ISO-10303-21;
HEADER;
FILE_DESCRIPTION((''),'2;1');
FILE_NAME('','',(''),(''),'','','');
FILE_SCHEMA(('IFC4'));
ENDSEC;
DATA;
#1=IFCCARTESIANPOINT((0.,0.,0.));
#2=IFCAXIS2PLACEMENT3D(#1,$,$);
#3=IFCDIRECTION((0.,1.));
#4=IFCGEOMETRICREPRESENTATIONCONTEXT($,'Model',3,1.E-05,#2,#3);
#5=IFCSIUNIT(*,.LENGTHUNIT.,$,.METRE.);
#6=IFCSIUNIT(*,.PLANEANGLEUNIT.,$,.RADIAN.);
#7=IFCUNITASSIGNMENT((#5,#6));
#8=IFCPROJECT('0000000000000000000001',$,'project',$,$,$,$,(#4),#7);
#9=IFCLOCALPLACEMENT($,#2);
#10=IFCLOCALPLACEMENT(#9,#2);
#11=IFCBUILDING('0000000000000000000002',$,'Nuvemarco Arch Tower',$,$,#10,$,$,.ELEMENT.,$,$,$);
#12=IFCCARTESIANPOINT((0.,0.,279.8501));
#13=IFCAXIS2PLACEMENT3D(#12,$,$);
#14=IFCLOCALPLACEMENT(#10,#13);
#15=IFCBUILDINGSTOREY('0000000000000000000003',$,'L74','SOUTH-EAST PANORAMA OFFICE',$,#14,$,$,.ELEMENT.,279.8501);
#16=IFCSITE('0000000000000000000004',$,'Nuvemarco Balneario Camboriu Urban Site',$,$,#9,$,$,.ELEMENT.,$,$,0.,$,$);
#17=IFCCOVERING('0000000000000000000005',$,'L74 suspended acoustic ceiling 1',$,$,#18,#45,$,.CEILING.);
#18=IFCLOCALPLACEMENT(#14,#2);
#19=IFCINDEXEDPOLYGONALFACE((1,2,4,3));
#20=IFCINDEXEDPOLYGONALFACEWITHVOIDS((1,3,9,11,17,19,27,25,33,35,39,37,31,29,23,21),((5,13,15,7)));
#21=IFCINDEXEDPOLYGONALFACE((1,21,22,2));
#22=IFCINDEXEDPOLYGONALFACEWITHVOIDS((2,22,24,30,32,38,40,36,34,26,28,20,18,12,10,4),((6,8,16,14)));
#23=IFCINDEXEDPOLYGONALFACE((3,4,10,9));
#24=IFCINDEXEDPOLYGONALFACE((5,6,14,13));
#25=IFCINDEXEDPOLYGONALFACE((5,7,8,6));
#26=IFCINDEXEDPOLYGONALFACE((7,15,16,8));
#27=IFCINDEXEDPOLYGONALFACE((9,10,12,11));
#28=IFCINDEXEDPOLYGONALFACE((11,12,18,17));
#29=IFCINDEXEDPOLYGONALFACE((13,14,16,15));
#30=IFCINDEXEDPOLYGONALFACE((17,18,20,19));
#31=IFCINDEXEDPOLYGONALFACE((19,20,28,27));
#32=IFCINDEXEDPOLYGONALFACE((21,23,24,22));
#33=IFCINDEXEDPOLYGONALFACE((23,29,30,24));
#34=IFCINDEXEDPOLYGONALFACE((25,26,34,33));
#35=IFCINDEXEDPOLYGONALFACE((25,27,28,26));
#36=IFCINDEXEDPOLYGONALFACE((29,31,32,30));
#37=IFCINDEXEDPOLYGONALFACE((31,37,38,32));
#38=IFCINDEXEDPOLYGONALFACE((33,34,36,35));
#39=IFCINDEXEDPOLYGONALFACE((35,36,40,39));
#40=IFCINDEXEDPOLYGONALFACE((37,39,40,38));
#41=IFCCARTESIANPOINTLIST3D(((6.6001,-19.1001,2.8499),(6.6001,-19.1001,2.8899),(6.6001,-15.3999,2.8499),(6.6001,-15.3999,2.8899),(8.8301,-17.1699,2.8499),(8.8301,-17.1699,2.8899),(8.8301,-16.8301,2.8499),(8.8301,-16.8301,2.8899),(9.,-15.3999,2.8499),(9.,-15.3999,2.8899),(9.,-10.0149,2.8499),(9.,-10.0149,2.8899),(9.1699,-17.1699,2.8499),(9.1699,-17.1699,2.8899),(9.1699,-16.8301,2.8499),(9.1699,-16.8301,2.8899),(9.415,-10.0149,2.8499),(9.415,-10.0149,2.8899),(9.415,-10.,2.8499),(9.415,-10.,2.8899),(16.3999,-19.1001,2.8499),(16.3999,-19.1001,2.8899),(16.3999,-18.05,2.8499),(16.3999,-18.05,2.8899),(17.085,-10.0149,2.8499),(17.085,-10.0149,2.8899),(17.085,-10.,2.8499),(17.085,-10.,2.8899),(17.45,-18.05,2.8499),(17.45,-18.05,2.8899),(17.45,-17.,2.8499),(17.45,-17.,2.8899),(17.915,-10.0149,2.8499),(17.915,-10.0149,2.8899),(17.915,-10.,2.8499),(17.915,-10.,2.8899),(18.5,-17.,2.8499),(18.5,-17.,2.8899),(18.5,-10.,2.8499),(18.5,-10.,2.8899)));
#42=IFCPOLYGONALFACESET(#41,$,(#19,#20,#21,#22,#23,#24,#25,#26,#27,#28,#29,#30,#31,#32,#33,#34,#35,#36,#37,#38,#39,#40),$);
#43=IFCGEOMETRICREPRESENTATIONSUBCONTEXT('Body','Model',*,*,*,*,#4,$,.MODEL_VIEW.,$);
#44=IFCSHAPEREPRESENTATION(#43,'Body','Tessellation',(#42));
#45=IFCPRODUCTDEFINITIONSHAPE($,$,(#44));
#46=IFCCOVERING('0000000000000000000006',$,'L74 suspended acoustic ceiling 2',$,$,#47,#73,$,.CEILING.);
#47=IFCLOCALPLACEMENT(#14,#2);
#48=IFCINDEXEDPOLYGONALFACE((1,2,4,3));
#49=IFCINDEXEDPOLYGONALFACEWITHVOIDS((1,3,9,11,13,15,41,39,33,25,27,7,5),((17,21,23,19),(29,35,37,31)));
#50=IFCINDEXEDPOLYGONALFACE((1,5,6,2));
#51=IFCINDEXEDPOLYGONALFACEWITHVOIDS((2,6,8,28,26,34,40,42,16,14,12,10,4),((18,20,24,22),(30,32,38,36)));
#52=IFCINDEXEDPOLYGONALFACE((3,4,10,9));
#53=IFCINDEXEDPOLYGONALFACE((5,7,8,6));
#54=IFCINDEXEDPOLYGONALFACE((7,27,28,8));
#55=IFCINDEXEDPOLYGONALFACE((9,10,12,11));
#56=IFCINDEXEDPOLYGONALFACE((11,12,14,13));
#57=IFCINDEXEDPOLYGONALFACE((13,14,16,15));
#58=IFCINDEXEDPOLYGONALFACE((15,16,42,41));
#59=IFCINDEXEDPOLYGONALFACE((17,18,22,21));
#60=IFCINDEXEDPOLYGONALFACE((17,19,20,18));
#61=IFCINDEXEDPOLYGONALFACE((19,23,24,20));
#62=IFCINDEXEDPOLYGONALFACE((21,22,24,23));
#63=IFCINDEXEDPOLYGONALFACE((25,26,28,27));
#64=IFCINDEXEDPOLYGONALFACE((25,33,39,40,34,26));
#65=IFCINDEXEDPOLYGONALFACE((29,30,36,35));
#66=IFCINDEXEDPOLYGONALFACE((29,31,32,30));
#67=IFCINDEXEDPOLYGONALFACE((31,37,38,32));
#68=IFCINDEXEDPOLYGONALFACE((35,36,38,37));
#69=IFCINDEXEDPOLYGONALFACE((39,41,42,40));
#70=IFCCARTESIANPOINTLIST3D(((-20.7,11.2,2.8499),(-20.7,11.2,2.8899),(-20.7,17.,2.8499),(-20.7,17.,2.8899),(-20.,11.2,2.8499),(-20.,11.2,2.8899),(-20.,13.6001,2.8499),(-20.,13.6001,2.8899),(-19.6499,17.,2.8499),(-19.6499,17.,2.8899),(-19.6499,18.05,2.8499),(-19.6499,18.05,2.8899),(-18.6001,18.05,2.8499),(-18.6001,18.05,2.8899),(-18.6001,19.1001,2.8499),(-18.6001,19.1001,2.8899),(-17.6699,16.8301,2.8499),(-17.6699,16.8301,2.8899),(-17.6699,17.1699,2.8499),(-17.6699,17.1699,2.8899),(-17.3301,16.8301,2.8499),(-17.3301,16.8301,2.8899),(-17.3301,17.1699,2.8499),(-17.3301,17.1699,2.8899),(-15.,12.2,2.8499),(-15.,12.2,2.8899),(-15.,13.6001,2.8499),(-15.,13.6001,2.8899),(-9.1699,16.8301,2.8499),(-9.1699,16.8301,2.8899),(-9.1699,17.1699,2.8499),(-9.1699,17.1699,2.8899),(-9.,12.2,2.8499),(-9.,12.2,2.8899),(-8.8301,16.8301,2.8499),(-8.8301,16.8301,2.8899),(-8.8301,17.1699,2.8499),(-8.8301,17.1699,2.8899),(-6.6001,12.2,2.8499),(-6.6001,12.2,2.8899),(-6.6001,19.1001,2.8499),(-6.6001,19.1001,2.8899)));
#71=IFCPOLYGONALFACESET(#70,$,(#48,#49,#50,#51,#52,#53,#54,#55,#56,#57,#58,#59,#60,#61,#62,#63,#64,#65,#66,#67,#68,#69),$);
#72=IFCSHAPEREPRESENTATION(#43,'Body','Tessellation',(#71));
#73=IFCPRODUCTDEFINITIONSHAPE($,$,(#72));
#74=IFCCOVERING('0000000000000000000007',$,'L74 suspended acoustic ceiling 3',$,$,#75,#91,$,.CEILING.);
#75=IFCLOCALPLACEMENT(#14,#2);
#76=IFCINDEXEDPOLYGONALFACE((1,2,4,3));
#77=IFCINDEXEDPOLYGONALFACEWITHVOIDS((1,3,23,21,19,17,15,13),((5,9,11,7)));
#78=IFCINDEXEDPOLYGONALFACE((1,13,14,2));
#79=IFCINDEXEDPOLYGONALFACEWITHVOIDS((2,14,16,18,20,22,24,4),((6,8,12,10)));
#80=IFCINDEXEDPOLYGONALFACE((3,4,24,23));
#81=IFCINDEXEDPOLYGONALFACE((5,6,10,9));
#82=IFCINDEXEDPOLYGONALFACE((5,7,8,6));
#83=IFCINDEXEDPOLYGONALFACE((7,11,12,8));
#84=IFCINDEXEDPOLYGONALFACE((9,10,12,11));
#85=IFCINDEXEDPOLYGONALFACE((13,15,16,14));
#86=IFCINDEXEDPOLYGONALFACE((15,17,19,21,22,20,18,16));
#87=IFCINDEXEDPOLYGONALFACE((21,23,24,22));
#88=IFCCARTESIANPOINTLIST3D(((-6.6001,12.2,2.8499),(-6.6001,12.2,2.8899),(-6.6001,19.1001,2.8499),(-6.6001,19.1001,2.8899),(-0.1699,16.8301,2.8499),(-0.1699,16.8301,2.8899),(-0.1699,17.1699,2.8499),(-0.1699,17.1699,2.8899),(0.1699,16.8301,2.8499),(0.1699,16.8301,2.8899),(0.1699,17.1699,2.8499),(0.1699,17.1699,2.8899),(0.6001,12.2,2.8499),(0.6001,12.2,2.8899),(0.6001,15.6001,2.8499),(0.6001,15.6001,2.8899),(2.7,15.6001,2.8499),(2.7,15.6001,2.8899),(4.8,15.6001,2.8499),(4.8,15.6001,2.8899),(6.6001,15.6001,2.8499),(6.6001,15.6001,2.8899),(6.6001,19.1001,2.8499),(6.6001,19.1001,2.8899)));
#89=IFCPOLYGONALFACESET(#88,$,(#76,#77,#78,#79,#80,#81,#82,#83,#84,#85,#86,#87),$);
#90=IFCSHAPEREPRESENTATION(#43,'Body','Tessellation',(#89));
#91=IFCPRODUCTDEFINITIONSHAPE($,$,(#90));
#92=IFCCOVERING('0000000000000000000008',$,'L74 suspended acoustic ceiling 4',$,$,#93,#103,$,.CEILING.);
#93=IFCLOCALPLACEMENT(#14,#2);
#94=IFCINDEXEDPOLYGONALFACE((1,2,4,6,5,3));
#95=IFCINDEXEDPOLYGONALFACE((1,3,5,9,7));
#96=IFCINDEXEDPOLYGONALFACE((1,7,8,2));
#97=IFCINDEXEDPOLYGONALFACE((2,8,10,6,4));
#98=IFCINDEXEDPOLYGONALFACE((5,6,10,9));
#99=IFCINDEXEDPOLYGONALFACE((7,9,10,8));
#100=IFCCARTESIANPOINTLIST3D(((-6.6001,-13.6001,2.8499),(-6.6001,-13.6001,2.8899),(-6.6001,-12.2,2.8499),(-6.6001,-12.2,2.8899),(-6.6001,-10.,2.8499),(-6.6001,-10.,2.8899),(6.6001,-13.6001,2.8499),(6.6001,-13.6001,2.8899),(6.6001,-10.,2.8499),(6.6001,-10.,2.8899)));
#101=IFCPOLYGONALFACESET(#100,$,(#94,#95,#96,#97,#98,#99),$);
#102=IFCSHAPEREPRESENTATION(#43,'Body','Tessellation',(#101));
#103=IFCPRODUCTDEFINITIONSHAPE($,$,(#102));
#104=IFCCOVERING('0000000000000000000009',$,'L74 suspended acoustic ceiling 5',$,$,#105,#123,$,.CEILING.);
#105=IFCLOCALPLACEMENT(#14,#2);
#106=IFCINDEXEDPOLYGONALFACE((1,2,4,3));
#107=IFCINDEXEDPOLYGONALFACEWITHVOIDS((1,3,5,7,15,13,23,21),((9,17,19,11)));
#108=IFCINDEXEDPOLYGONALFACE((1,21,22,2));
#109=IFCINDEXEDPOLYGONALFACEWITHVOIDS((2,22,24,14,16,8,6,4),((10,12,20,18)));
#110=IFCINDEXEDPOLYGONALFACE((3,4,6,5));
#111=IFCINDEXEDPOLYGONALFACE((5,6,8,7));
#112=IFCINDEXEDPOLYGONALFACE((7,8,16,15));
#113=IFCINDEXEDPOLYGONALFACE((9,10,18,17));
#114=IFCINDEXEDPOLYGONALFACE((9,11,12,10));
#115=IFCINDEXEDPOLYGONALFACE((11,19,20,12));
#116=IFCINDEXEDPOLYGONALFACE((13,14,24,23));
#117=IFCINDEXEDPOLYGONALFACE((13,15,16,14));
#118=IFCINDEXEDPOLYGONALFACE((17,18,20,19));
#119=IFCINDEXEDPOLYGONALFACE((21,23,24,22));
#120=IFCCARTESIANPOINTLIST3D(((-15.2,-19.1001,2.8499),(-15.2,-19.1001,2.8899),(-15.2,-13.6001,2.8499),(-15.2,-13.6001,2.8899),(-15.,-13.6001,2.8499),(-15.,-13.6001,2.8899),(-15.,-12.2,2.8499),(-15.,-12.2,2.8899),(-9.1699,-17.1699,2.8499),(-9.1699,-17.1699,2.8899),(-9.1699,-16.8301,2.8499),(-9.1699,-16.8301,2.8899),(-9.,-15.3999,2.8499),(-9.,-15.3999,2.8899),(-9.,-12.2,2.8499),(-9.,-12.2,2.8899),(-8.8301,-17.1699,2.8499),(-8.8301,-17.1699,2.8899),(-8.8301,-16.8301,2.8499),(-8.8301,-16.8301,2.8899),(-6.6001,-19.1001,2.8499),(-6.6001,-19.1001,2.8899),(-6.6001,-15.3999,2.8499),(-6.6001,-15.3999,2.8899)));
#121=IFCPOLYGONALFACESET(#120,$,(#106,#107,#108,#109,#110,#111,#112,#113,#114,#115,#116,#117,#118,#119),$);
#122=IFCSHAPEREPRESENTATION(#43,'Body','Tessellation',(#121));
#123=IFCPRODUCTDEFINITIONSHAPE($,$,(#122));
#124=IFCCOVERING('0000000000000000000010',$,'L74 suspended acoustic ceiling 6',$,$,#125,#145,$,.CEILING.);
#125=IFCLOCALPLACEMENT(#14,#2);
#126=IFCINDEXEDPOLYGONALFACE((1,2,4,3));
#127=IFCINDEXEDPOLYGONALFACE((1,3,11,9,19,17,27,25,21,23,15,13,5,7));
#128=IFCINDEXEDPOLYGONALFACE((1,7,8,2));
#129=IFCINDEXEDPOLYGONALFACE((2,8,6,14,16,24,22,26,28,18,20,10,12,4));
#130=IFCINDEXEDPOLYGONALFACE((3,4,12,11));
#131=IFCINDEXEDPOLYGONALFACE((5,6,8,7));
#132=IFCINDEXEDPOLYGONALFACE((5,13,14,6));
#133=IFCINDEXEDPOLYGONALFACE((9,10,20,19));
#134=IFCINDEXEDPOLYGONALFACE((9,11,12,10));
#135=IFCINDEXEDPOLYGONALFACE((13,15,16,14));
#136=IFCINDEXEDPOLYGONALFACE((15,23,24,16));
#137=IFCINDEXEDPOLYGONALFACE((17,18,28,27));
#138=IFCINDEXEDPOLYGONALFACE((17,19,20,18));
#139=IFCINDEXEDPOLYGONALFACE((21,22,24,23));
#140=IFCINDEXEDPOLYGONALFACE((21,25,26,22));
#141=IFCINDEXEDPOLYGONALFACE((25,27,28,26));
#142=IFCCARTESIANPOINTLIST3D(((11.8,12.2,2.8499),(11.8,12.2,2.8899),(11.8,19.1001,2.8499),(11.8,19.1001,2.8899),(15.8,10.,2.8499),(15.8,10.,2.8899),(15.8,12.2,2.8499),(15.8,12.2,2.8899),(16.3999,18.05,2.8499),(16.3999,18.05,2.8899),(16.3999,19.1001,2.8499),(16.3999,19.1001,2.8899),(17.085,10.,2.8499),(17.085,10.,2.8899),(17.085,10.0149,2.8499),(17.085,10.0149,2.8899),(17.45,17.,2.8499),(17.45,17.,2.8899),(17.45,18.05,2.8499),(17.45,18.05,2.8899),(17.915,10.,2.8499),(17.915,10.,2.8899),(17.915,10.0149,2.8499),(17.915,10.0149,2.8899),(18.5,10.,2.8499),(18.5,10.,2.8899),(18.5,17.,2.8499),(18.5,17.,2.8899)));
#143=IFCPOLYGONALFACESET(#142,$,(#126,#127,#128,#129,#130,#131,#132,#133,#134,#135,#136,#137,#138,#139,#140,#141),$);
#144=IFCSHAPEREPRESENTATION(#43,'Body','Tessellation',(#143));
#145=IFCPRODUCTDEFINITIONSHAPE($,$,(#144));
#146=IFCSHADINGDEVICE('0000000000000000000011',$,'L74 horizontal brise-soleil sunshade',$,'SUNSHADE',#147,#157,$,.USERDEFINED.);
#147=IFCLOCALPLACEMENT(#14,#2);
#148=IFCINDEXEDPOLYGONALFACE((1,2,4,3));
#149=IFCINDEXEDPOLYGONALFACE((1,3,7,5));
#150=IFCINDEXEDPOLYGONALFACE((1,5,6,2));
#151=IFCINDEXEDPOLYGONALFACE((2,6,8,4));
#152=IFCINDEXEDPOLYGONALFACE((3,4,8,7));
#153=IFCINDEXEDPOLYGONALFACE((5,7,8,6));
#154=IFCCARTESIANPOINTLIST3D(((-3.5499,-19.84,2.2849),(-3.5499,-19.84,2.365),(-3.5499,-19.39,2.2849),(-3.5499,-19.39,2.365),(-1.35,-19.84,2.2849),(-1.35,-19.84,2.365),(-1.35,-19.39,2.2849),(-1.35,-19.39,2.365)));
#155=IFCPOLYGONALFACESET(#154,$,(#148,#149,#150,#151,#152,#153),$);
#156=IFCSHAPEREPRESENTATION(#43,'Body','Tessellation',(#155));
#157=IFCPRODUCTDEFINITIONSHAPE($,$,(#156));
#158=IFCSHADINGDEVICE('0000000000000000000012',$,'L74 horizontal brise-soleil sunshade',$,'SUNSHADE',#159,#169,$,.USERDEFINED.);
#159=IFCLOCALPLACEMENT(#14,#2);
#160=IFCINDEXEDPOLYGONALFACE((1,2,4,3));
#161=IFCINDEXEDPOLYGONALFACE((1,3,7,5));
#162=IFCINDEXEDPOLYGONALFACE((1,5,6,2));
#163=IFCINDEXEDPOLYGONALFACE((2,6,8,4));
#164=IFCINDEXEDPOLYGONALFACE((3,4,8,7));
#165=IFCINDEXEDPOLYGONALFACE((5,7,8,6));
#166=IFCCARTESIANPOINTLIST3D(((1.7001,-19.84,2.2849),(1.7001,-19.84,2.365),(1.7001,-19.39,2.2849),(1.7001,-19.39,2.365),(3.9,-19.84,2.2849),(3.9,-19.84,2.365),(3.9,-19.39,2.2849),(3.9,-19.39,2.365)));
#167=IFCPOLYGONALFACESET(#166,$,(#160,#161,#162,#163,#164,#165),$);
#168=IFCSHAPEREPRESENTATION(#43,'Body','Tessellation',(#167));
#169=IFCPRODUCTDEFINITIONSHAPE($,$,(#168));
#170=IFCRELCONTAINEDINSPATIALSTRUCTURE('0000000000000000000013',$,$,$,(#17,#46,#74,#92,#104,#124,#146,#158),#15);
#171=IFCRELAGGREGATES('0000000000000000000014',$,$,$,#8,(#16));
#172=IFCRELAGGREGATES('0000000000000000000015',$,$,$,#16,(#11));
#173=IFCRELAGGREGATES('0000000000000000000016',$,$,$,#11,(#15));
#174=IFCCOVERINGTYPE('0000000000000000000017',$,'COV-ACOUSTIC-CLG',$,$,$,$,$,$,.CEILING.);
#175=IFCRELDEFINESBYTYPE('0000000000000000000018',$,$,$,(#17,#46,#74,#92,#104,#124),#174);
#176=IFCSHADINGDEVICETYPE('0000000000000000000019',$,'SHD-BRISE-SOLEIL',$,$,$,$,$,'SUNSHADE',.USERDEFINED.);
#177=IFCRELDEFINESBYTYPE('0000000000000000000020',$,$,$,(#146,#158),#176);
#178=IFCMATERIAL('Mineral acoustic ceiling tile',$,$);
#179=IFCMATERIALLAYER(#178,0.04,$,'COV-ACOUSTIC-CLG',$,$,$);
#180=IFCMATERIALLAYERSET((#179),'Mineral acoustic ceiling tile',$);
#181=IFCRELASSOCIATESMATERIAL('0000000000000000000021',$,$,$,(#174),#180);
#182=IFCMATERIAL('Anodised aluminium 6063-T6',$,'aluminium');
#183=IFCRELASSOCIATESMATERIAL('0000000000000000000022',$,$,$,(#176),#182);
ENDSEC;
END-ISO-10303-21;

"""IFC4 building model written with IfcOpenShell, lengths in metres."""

from ifc_helpers import new_model, si_unit, direction, frame, origin, origin_2d, place, context, subcontext, project, spatial, polyline, rectangle, outline, extrude, source, transform, mapped, material, layer, layer_set, type_object, type_shapes, element, save


model = new_model("IFC4")

# Units and contexts
model_context = context("Model", 3, precision=1e-05, world=origin(), true_north=direction((0.0, 1.0)))
body_context = subcontext(model_context, "Body", "Model", "MODEL_VIEW")
ifc_project = project(units=[si_unit("LENGTHUNIT", "METRE"), si_unit("PLANEANGLEUNIT", "RADIAN")], contexts=[model_context])

# Site, building, storey
site_placement = place(None, origin())
site = spatial("IfcSite", under=ifc_project, at=site_placement, Name="Nuvemarco Balneario Camboriu Urban Site", CompositionType="ELEMENT", RefElevation=0.0)
building_placement = place(site_placement, origin())
building = spatial("IfcBuilding", under=site, at=building_placement, Name="Nuvemarco Arch Tower", CompositionType="ELEMENT")
storey_placement = place(building_placement, frame((0.0, 0.0, 279.8501)))
storey = spatial("IfcBuildingStorey", under=building, at=storey_placement, Name="L74", Description="SOUTH-EAST PANORAMA OFFICE", CompositionType="ELEMENT", Elevation=279.8501)

# Coverings
ifc_material_1 = material(Name="Mineral acoustic ceiling tile")
ifc_layer_1 = layer(ifc_material_1, 0.04, Name="COV-ACOUSTIC-CLG")
ifc_layer_set_1 = layer_set([ifc_layer_1], Name="Mineral acoustic ceiling tile")
covering_type = type_object("IfcCoveringType", Name="COV-ACOUSTIC-CLG", PredefinedType="CEILING", material=ifc_layer_set_1)
covering_1_placement = place(storey_placement, frame((0.0, 0.0, 2.8499)))
element("IfcCovering", 1, at=covering_1_placement, inside=storey, type_object=covering_type, Name="L74 suspended acoustic ceiling 1", PredefinedType="CEILING", context=body_context, shape_type="SweptSolid", body=[
    extrude(outline(polyline([(16.3999, -19.1001), (6.6001, -19.1001), (6.6001, -15.3999), (9.0, -15.3999), (9.0, -10.0149), (9.415, -10.0149), (9.415, -10.0), (17.085, -10.0), (17.085, -10.0149), (17.915, -10.0149), (17.915, -10.0), (18.5, -10.0), (18.5, -17.0), (17.45, -17.0), (17.45, -18.05), (16.3999, -18.05), (16.3999, -19.1001)]), holes=[polyline([(9.1699, -17.1699), (9.1699, -16.8301), (8.8301, -16.8301), (8.8301, -17.1699), (9.1699, -17.1699)])]), origin(), (0.0, 0.0, 1.0), 0.04),
])
covering_2_placement = place(storey_placement, frame((0.0, 0.0, 2.8499)))
element("IfcCovering", 2, at=covering_2_placement, inside=storey, type_object=covering_type, Name="L74 suspended acoustic ceiling 2", PredefinedType="CEILING", context=body_context, shape_type="SweptSolid", body=[
    extrude(outline(polyline([(-20.0, 11.2), (-20.7, 11.2), (-20.7, 17.0), (-19.6499, 17.0), (-19.6499, 18.05), (-18.6001, 18.05), (-18.6001, 19.1001), (-6.6001, 19.1001), (-6.6001, 12.2), (-9.0, 12.2), (-15.0, 12.2), (-15.0, 13.6001), (-20.0, 13.6001), (-20.0, 11.2)]), holes=[polyline([(-17.3301, 17.1699), (-17.6699, 17.1699), (-17.6699, 16.8301), (-17.3301, 16.8301), (-17.3301, 17.1699)]), polyline([(-8.8301, 17.1699), (-9.1699, 17.1699), (-9.1699, 16.8301), (-8.8301, 16.8301), (-8.8301, 17.1699)])]), origin(), (0.0, 0.0, 1.0), 0.04),
])
covering_3_placement = place(storey_placement, frame((0.0, 0.0, 2.8499)))
element("IfcCovering", 3, at=covering_3_placement, inside=storey, type_object=covering_type, Name="L74 suspended acoustic ceiling 3", PredefinedType="CEILING", context=body_context, shape_type="SweptSolid", body=[
    extrude(outline(polyline([(-6.6001, 12.2), (-6.6001, 19.1001), (6.6001, 19.1001), (6.6001, 15.6001), (4.8, 15.6001), (2.7, 15.6001), (0.6001, 15.6001), (0.6001, 12.2), (-6.6001, 12.2)]), holes=[polyline([(0.1699, 16.8301), (0.1699, 17.1699), (-0.1699, 17.1699), (-0.1699, 16.8301), (0.1699, 16.8301)])]), origin(), (0.0, 0.0, 1.0), 0.04),
])
covering_4_placement = place(storey_placement, frame((0.0, 0.0, 2.8499)))
element("IfcCovering", 4, at=covering_4_placement, inside=storey, type_object=covering_type, Name="L74 suspended acoustic ceiling 4", PredefinedType="CEILING", context=body_context, shape_type="SweptSolid", body=[
    extrude(outline(polyline([(6.6001, -13.6001), (-6.6001, -13.6001), (-6.6001, -12.2), (-6.6001, -10.0), (6.6001, -10.0), (6.6001, -13.6001)])), origin(), (0.0, 0.0, 1.0), 0.04),
])
covering_5_placement = place(storey_placement, frame((0.0, 0.0, 2.8499)))
element("IfcCovering", 5, at=covering_5_placement, inside=storey, type_object=covering_type, Name="L74 suspended acoustic ceiling 5", PredefinedType="CEILING", context=body_context, shape_type="SweptSolid", body=[
    extrude(outline(polyline([(-9.0, -12.2), (-9.0, -15.3999), (-6.6001, -15.3999), (-6.6001, -19.1001), (-15.2, -19.1001), (-15.2, -13.6001), (-15.0, -13.6001), (-15.0, -12.2), (-9.0, -12.2)]), holes=[polyline([(-8.8301, -16.8301), (-9.1699, -16.8301), (-9.1699, -17.1699), (-8.8301, -17.1699), (-8.8301, -16.8301)])]), origin(), (0.0, 0.0, 1.0), 0.04),
])
covering_6_placement = place(storey_placement, frame((0.0, 0.0, 2.8499)))
element("IfcCovering", 6, at=covering_6_placement, inside=storey, type_object=covering_type, Name="L74 suspended acoustic ceiling 6", PredefinedType="CEILING", context=body_context, shape_type="SweptSolid", body=[
    extrude(outline(polyline([(18.5, 17.0), (18.5, 10.0), (17.915, 10.0), (17.915, 10.0149), (17.085, 10.0149), (17.085, 10.0), (15.8, 10.0), (15.8, 12.2), (11.8, 12.2), (11.8, 19.1001), (16.3999, 19.1001), (16.3999, 18.05), (17.45, 18.05), (17.45, 17.0), (18.5, 17.0)])), origin(), (0.0, 0.0, 1.0), 0.04),
])

# Shading devices
ifc_material_2 = material(Name="Anodised aluminium 6063-T6", Category="aluminium")
shading_device_type = type_object("IfcShadingDeviceType", Name="SHD-BRISE-SOLEIL", ElementType="SUNSHADE", PredefinedType="USERDEFINED", material=ifc_material_2)
shared_shape_1 = source(origin(), body_context, "Body", "SweptSolid", [
    extrude(rectangle(XDim=2.2, YDim=0.45, at=origin_2d()), origin(), (0.0, 0.0, 1.0), 0.0801),
])
type_shapes(shading_device_type, [shared_shape_1])
for number, where, z_axis, x_axis, name in (
    (7, (-2.45, -19.615, 2.2849), (0.0, 0.0, 1.0), (1.0, 0.0, 0.0), "L74 horizontal brise-soleil sunshade"),
    (8, (2.8, -19.615, 2.2849), (0.0, 0.0, 1.0), (1.0, 0.0, 0.0), "L74 horizontal brise-soleil sunshade"),
):
    element("IfcShadingDevice", number, at=place(storey_placement, frame(where, z_axis=z_axis, x_axis=x_axis)), inside=storey, type_object=shading_device_type, Name=name, ObjectType="SUNSHADE", PredefinedType="USERDEFINED", context=body_context, shape_type="MappedRepresentation", body=[
        mapped(shared_shape_1, transform((0.0, 0.0, 0.0), scale=1.0)),
    ])

save(model, "model.ifc")
